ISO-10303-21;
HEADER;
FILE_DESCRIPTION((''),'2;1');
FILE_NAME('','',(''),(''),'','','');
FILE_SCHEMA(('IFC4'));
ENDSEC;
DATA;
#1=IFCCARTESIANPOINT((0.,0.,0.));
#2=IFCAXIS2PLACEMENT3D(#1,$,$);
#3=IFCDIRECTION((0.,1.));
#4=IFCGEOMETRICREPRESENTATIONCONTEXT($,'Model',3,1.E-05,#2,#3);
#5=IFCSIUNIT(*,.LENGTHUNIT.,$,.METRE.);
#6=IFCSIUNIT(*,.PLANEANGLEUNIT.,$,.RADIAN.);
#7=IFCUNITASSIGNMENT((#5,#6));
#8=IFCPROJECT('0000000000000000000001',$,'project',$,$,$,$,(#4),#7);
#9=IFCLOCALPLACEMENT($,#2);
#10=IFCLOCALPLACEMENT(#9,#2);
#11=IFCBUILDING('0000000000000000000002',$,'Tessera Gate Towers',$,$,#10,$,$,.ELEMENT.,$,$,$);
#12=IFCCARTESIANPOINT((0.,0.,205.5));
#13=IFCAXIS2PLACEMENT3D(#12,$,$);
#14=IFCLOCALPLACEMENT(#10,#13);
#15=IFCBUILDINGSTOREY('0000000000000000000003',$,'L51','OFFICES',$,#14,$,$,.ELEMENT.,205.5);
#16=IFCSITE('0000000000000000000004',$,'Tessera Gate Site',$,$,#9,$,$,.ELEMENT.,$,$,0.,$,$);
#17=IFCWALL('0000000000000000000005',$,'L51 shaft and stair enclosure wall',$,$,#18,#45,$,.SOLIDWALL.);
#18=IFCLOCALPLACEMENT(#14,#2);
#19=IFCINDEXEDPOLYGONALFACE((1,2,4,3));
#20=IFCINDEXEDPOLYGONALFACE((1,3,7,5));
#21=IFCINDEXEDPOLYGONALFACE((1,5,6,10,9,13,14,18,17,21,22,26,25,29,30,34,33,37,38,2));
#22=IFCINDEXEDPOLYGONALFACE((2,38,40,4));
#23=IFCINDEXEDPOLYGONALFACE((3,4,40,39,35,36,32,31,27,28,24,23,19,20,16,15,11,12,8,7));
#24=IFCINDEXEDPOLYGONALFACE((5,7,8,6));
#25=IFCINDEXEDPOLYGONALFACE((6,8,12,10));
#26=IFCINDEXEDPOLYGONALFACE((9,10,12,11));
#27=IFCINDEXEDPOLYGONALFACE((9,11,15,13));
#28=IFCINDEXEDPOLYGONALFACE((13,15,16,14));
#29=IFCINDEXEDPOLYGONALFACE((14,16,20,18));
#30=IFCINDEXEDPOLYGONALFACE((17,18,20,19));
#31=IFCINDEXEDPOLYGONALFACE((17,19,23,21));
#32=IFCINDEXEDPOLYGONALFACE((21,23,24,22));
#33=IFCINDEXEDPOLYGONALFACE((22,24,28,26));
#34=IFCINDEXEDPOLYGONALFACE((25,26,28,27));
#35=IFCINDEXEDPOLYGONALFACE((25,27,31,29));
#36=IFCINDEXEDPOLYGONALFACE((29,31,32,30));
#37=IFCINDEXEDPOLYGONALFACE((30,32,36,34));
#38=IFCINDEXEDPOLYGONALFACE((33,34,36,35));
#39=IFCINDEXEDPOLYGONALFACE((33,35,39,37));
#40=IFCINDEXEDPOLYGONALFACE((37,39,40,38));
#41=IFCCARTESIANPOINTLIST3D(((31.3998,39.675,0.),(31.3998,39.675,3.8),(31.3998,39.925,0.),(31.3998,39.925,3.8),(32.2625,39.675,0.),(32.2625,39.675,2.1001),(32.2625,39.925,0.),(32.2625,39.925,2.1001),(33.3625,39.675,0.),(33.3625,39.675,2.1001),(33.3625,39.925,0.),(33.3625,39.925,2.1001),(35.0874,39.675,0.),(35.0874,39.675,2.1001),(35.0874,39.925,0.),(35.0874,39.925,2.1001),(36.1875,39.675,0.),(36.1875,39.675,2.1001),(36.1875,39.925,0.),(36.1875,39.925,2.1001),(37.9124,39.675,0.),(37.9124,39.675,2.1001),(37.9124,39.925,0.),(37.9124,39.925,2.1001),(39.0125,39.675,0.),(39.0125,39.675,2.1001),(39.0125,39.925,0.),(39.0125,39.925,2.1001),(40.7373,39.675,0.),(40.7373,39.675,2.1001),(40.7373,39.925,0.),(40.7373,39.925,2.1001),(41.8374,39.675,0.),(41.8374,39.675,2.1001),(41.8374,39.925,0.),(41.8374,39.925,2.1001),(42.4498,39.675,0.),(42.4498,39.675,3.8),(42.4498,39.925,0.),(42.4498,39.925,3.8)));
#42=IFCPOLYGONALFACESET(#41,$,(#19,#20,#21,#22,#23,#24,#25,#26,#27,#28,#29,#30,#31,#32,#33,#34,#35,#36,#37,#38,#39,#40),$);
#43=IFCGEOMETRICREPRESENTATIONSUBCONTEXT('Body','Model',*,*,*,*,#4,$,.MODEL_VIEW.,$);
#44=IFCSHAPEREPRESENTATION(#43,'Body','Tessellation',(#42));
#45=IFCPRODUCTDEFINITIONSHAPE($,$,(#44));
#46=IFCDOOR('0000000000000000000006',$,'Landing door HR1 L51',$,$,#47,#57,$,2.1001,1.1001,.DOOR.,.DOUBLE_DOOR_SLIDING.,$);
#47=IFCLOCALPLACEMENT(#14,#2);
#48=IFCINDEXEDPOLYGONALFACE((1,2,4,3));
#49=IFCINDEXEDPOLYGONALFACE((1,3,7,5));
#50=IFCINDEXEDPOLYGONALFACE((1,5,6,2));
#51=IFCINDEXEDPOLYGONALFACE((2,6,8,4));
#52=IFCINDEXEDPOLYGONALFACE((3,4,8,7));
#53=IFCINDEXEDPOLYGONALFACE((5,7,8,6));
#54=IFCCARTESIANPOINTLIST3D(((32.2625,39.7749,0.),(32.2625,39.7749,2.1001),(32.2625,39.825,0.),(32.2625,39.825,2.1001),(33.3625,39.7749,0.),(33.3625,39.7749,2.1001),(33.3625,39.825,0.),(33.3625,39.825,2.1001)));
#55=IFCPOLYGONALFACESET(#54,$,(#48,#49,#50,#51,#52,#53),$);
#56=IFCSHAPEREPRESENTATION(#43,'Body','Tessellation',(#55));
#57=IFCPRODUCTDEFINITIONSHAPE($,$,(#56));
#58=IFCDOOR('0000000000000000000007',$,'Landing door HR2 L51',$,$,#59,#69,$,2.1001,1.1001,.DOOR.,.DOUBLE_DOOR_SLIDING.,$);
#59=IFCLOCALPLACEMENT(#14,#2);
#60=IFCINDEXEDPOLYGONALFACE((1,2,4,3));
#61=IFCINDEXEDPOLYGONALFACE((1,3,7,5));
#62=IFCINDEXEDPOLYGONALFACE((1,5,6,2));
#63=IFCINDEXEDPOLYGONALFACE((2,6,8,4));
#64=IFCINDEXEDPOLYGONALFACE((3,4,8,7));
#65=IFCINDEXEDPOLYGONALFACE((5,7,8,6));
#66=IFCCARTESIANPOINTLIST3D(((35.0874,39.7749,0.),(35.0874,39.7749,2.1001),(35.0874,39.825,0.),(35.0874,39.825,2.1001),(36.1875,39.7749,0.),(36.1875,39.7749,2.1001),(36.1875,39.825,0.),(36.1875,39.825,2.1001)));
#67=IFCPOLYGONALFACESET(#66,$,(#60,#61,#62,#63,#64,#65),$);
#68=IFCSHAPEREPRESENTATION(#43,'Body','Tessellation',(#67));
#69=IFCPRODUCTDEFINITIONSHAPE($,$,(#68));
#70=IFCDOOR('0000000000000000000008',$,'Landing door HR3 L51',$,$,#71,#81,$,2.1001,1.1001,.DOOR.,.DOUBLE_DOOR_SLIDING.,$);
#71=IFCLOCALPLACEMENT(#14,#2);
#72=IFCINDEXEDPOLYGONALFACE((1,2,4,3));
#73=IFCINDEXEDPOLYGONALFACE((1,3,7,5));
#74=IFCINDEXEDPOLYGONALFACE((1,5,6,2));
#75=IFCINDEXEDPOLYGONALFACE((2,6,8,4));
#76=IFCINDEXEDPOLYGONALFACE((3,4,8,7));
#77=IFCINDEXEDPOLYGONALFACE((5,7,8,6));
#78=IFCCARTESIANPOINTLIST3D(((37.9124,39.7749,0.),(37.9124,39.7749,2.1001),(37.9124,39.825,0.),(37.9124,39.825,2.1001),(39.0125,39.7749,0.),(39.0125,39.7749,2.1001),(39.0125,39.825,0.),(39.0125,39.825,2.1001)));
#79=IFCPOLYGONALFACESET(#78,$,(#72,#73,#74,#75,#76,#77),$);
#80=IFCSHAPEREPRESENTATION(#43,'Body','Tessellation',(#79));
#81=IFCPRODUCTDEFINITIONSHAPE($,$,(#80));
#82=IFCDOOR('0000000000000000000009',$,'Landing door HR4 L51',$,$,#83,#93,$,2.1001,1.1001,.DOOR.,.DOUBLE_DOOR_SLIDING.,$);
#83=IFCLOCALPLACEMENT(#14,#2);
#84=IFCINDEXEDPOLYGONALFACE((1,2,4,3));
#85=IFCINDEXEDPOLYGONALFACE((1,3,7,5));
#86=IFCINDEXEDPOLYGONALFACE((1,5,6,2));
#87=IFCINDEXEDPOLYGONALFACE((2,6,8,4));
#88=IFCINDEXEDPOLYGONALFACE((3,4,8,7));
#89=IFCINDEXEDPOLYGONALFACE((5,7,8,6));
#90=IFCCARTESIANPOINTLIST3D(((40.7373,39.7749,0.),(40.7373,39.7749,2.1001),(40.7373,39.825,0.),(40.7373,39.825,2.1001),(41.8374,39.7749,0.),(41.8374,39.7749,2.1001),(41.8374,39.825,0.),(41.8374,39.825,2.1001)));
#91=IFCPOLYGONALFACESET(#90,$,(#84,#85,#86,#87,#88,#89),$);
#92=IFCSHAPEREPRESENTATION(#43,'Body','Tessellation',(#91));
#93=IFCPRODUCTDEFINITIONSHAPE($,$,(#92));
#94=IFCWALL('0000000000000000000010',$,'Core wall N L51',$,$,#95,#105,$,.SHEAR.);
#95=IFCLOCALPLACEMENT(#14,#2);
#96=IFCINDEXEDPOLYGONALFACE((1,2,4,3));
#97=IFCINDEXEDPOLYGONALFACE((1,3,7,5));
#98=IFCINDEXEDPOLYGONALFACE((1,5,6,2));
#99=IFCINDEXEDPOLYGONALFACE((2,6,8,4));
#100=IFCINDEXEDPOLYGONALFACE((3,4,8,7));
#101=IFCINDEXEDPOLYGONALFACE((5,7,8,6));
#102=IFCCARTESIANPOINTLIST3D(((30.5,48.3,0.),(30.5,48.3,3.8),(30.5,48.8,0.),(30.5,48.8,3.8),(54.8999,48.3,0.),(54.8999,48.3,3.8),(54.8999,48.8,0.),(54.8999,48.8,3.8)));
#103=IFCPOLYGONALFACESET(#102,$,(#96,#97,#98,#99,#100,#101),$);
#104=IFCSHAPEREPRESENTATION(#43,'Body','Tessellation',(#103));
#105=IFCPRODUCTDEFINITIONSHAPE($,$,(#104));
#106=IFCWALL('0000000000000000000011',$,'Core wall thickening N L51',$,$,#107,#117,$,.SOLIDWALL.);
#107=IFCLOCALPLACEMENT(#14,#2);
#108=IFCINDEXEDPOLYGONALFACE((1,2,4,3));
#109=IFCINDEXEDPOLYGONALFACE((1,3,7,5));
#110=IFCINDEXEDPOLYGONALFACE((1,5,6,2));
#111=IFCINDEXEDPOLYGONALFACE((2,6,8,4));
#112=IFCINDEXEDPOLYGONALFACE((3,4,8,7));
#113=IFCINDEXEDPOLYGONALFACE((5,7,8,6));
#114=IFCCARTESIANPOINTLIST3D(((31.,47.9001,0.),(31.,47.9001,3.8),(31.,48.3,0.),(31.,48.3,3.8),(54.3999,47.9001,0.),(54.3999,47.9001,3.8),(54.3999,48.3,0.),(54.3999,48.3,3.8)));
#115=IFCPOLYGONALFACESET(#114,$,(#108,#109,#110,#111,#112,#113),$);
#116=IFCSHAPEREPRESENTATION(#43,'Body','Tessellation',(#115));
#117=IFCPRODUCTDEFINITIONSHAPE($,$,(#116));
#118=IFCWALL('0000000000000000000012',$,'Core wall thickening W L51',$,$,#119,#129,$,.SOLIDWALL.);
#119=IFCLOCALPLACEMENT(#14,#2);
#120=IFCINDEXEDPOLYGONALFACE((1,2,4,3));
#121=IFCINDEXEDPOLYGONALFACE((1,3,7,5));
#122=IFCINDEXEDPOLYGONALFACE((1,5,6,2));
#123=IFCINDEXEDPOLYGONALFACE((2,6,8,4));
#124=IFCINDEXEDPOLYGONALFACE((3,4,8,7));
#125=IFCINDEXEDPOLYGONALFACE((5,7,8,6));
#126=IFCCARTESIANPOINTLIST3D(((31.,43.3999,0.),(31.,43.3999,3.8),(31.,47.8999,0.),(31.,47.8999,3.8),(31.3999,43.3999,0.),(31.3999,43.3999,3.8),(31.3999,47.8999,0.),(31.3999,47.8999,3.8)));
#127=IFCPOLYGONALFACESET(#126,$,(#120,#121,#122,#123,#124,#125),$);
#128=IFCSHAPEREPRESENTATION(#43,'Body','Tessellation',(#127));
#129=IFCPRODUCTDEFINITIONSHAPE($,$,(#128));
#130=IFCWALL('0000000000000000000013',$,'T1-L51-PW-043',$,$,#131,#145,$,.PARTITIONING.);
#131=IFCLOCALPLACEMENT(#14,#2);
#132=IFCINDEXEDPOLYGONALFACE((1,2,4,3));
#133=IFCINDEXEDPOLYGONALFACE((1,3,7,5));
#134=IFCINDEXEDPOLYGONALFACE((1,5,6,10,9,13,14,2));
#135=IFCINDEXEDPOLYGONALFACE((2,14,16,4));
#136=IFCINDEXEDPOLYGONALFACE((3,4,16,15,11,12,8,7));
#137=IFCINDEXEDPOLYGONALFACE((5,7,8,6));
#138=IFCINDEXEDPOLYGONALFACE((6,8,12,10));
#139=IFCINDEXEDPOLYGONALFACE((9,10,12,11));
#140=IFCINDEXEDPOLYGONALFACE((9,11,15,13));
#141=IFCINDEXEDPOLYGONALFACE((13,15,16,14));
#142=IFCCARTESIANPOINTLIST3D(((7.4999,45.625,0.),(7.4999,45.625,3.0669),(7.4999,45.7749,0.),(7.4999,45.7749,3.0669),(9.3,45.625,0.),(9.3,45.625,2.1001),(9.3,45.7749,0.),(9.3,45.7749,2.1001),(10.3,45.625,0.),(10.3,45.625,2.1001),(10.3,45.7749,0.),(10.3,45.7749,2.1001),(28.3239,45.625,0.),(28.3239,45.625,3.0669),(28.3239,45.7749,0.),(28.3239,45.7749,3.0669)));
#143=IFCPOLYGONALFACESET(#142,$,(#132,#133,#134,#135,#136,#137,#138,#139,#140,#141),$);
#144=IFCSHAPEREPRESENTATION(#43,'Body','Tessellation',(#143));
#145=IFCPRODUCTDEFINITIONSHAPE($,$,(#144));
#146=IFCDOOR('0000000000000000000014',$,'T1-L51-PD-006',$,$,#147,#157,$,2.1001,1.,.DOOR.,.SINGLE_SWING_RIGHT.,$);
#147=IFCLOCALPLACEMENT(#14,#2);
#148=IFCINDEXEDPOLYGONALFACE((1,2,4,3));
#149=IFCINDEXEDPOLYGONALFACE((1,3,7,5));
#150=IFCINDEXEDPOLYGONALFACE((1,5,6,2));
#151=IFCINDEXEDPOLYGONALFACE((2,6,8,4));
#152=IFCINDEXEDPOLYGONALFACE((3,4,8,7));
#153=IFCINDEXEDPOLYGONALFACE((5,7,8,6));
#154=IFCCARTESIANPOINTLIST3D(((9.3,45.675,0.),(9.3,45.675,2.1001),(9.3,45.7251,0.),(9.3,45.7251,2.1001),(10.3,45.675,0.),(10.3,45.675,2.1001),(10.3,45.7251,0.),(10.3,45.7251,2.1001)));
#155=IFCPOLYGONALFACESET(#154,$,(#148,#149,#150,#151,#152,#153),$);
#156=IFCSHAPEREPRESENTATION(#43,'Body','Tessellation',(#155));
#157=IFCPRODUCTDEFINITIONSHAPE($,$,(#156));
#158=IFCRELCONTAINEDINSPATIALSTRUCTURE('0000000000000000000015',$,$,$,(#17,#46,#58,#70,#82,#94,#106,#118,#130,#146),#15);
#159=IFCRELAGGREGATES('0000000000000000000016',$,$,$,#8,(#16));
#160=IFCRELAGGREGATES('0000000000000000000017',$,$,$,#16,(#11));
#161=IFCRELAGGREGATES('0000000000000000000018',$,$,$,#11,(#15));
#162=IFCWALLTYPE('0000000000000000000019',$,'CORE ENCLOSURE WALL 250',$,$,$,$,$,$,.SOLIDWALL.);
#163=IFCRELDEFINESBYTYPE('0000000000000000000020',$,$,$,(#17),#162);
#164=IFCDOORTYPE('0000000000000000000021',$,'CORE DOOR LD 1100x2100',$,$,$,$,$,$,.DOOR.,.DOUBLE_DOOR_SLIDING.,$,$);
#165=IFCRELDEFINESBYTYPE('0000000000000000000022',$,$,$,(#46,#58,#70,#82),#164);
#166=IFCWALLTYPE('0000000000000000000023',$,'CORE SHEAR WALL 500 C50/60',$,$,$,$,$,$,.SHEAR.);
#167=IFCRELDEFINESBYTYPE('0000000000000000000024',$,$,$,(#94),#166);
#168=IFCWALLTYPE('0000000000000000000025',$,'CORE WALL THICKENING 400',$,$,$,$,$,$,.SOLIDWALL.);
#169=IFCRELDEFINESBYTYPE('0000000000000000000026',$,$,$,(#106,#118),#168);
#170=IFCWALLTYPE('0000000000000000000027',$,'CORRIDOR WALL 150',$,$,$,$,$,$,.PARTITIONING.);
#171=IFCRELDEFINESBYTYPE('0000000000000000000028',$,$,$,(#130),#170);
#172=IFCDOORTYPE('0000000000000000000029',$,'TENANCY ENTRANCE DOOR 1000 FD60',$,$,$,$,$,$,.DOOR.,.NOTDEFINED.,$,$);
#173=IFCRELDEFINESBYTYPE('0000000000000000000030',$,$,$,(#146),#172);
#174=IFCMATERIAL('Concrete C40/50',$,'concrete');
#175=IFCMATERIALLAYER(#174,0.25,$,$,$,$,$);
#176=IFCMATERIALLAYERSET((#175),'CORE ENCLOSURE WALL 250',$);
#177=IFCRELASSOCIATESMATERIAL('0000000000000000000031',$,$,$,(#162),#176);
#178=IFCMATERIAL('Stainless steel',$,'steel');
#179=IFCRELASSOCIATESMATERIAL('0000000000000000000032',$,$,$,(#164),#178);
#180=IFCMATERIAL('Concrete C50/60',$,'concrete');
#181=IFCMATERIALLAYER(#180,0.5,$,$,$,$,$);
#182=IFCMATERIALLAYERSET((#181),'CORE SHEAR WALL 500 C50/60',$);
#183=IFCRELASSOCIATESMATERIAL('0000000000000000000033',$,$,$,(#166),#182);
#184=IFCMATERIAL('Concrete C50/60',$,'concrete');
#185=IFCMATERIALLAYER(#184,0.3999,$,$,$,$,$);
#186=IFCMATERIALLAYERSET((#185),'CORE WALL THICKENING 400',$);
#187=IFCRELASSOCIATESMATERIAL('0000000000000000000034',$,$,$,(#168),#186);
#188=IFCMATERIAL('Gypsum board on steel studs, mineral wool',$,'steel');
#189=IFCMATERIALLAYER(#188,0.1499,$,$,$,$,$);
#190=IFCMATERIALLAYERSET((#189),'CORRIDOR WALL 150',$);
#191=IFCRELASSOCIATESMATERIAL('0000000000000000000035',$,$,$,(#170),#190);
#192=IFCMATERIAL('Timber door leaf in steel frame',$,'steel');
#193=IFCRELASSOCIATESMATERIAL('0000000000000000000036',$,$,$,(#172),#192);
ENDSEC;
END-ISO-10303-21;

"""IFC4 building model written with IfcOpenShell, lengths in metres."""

from ifc_helpers import new_model, si_unit, direction, frame, frame_2d, origin, place, context, subcontext, project, spatial, rectangle, extrude, source, transform, mapped, material, layer, layer_set, type_object, element, fill, save


model = new_model("IFC4")

# Units and contexts
model_context = context("Model", 3, precision=1e-05, world=origin(), true_north=direction((0.0, 1.0)))
body_context = subcontext(model_context, "Body", "Model", "MODEL_VIEW")
ifc_project = project(units=[si_unit("LENGTHUNIT", "METRE"), si_unit("PLANEANGLEUNIT", "RADIAN")], contexts=[model_context])

# Site, building, storey
site_placement = place(None, origin())
site = spatial("IfcSite", under=ifc_project, at=site_placement, Name="Tessera Gate Site", CompositionType="ELEMENT", RefElevation=0.0)
building_placement = place(site_placement, origin())
building = spatial("IfcBuilding", under=site, at=building_placement, Name="Tessera Gate Towers", CompositionType="ELEMENT")
storey_placement = place(building_placement, frame((0.0, 0.0, 205.5)))
storey = spatial("IfcBuildingStorey", under=building, at=storey_placement, Name="L51", Description="OFFICES", CompositionType="ELEMENT", Elevation=205.5)

# Wall, openings, doors
ifc_material_1 = material(Name="Concrete C40/50", Category="concrete")
ifc_layer_1 = layer(ifc_material_1, 0.25)
ifc_layer_set_1 = layer_set([ifc_layer_1], Name="CORE ENCLOSURE WALL 250")
wall_type_1 = type_object("IfcWallType", Name="CORE ENCLOSURE WALL 250", PredefinedType="SOLIDWALL", material=ifc_layer_set_1)
wall_1_placement = place(storey_placement, frame((31.3999, 39.8, 0.0), z_axis=(0.0, 0.0, 1.0), x_axis=(1.0, 0.0, 0.0)))
wall_1 = element("IfcWall", 1, at=wall_1_placement, inside=storey, type_object=wall_type_1, Name="L51 shaft and stair enclosure wall", PredefinedType="SOLIDWALL", context=body_context, shape_type="SweptSolid", body=[
    extrude(rectangle(XDim=11.05, YDim=0.25, at=frame_2d((5.5249, 0.0))), origin(), (0.0, 0.0, 1.0), 3.8),
])
shared_shape_1 = source(origin(), body_context, "Body", "SweptSolid", [
    extrude(rectangle(XDim=1.1001, YDim=2.1001, at=frame_2d((0.55, 1.05))), frame((0.0, 0.135, 0.0), z_axis=(0.0, -1.0, 0.0), x_axis=(1.0, 0.0, 0.0)), (0.0, 0.0, 1.0), 0.27),
])
opening_1_placement = place(wall_1_placement, frame((0.8625, 0.0, 0.0)))
opening_1 = element("IfcOpeningElement", 2, at=opening_1_placement, cuts=wall_1, PredefinedType="OPENING", context=body_context, shape_type="MappedRepresentation", body=[
    mapped(shared_shape_1, transform((0.0, 0.0, 0.0), scale=1.0)),
])
opening_2_placement = place(wall_1_placement, frame((3.6875, 0.0, 0.0)))
opening_2 = element("IfcOpeningElement", 3, at=opening_2_placement, cuts=wall_1, PredefinedType="OPENING", context=body_context, shape_type="MappedRepresentation", body=[
    mapped(shared_shape_1, transform((0.0, 0.0, 0.0), scale=1.0)),
])
opening_3_placement = place(wall_1_placement, frame((6.5125, 0.0, 0.0)))
opening_3 = element("IfcOpeningElement", 4, at=opening_3_placement, cuts=wall_1, PredefinedType="OPENING", context=body_context, shape_type="MappedRepresentation", body=[
    mapped(shared_shape_1, transform((0.0, 0.0, 0.0), scale=1.0)),
])
opening_4_placement = place(wall_1_placement, frame((9.3374, 0.0, 0.0)))
opening_4 = element("IfcOpeningElement", 5, at=opening_4_placement, cuts=wall_1, PredefinedType="OPENING", context=body_context, shape_type="MappedRepresentation", body=[
    mapped(shared_shape_1, transform((0.0, 0.0, 0.0), scale=1.0)),
])
ifc_material_2 = material(Name="Stainless steel", Category="steel")
door_type_1 = type_object("IfcDoorType", Name="CORE DOOR LD 1100x2100", OperationType="DOUBLE_DOOR_SLIDING", PredefinedType="DOOR", material=ifc_material_2)
shared_shape_2 = source(origin(), body_context, "Body", "SweptSolid", [
    extrude(rectangle(XDim=1.1001, YDim=2.1001, at=frame_2d((0.55, 1.05))), frame((0.0, 0.0249, 0.0), z_axis=(0.0, -1.0, 0.0), x_axis=(1.0, 0.0, 0.0)), (0.0, 0.0, 1.0), 0.05),
])
door_1_placement = place(opening_1_placement, origin())
door_1 = element("IfcDoor", 6, at=door_1_placement, inside=storey, type_object=door_type_1, Name="Landing door HR1 L51", OperationType="DOUBLE_DOOR_SLIDING", OverallHeight=2.1001, OverallWidth=1.1001, PredefinedType="DOOR", context=body_context, shape_type="MappedRepresentation", body=[
    mapped(shared_shape_2, transform((0.0, 0.0, 0.0), scale=1.0)),
])
fill(opening_1, door_1)
door_2_placement = place(opening_2_placement, origin())
door_2 = element("IfcDoor", 7, at=door_2_placement, inside=storey, type_object=door_type_1, Name="Landing door HR2 L51", OperationType="DOUBLE_DOOR_SLIDING", OverallHeight=2.1001, OverallWidth=1.1001, PredefinedType="DOOR", context=body_context, shape_type="MappedRepresentation", body=[
    mapped(shared_shape_2, transform((0.0, 0.0, 0.0), scale=1.0)),
])
fill(opening_2, door_2)
door_3_placement = place(opening_3_placement, origin())
door_3 = element("IfcDoor", 8, at=door_3_placement, inside=storey, type_object=door_type_1, Name="Landing door HR3 L51", OperationType="DOUBLE_DOOR_SLIDING", OverallHeight=2.1001, OverallWidth=1.1001, PredefinedType="DOOR", context=body_context, shape_type="MappedRepresentation", body=[
    mapped(shared_shape_2, transform((0.0, 0.0, 0.0), scale=1.0)),
])
fill(opening_3, door_3)
door_4_placement = place(opening_4_placement, origin())
door_4 = element("IfcDoor", 9, at=door_4_placement, inside=storey, type_object=door_type_1, Name="Landing door HR4 L51", OperationType="DOUBLE_DOOR_SLIDING", OverallHeight=2.1001, OverallWidth=1.1001, PredefinedType="DOOR", context=body_context, shape_type="MappedRepresentation", body=[
    mapped(shared_shape_2, transform((0.0, 0.0, 0.0), scale=1.0)),
])
fill(opening_4, door_4)

# Walls
ifc_material_3 = material(Name="Concrete C50/60", Category="concrete")
ifc_layer_2 = layer(ifc_material_3, 0.5)
ifc_layer_set_2 = layer_set([ifc_layer_2], Name="CORE SHEAR WALL 500 C50/60")
wall_type_2 = type_object("IfcWallType", Name="CORE SHEAR WALL 500 C50/60", PredefinedType="SHEAR", material=ifc_layer_set_2)
wall_2_placement = place(storey_placement, frame((30.5, 48.55, 0.0), z_axis=(0.0, 0.0, 1.0), x_axis=(1.0, 0.0, 0.0)))
element("IfcWall", 10, at=wall_2_placement, inside=storey, type_object=wall_type_2, Name="Core wall N L51", PredefinedType="SHEAR", context=body_context, shape_type="SweptSolid", body=[
    extrude(rectangle(XDim=24.3999, YDim=0.5, at=frame_2d((12.2, 0.0))), origin(), (0.0, 0.0, 1.0), 3.8),
])
ifc_material_4 = material(Name="Concrete C50/60", Category="concrete")
ifc_layer_3 = layer(ifc_material_4, 0.3999)
ifc_layer_set_3 = layer_set([ifc_layer_3], Name="CORE WALL THICKENING 400")
wall_type_3 = type_object("IfcWallType", Name="CORE WALL THICKENING 400", PredefinedType="SOLIDWALL", material=ifc_layer_set_3)
wall_3_placement = place(storey_placement, frame((31.0, 48.1001, 0.0), z_axis=(0.0, 0.0, 1.0), x_axis=(1.0, 0.0, 0.0)))
element("IfcWall", 11, at=wall_3_placement, inside=storey, type_object=wall_type_3, Name="Core wall thickening N L51", PredefinedType="SOLIDWALL", context=body_context, shape_type="SweptSolid", body=[
    extrude(rectangle(XDim=23.3999, YDim=0.3999, at=frame_2d((11.7, 0.0))), origin(), (0.0, 0.0, 1.0), 3.8),
])
wall_4_placement = place(storey_placement, frame((31.2, 43.3999, 0.0), z_axis=(0.0, 0.0, 1.0), x_axis=(0.0, 1.0, 0.0)))
element("IfcWall", 12, at=wall_4_placement, inside=storey, type_object=wall_type_3, Name="Core wall thickening W L51", PredefinedType="SOLIDWALL", context=body_context, shape_type="SweptSolid", body=[
    extrude(rectangle(XDim=4.5, YDim=0.3999, at=frame_2d((2.25, 0.0))), origin(), (0.0, 0.0, 1.0), 3.8),
])

# Wall, opening, door
ifc_material_5 = material(Name="Gypsum board on steel studs, mineral wool", Category="steel")
ifc_layer_4 = layer(ifc_material_5, 0.1499)
ifc_layer_set_4 = layer_set([ifc_layer_4], Name="CORRIDOR WALL 150")
wall_type_4 = type_object("IfcWallType", Name="CORRIDOR WALL 150", PredefinedType="PARTITIONING", material=ifc_layer_set_4)
wall_5_placement = place(storey_placement, frame((28.324, 45.7, 0.0), z_axis=(0.0, 0.0, 1.0), x_axis=(-1.0, 0.0, 0.0)))
wall_5 = element("IfcWall", 13, at=wall_5_placement, inside=storey, type_object=wall_type_4, Name="T1-L51-PW-043", PredefinedType="PARTITIONING", context=body_context, shape_type="SweptSolid", body=[
    extrude(rectangle(XDim=20.824, YDim=0.1499, at=frame_2d((10.4121, 0.0))), origin(), (0.0, 0.0, 1.0), 3.0669),
])
shared_shape_3 = source(origin(), body_context, "Body", "SweptSolid", [
    extrude(rectangle(XDim=1.0, YDim=2.1001, at=frame_2d((0.5, 1.05))), frame((0.0, 0.085, 0.0), z_axis=(0.0, -1.0, 0.0), x_axis=(1.0, 0.0, 0.0)), (0.0, 0.0, 1.0), 0.1699),
])
opening_5_placement = place(wall_5_placement, frame((18.0239, 0.0, 0.0)))
opening_5 = element("IfcOpeningElement", 14, at=opening_5_placement, cuts=wall_5, PredefinedType="OPENING", context=body_context, shape_type="MappedRepresentation", body=[
    mapped(shared_shape_3, transform((0.0, 0.0, 0.0), scale=1.0)),
])
ifc_material_6 = material(Name="Timber door leaf in steel frame", Category="steel")
door_type_2 = type_object("IfcDoorType", Name="TENANCY ENTRANCE DOOR 1000 FD60", OperationType="NOTDEFINED", PredefinedType="DOOR", material=ifc_material_6)
shared_shape_4 = source(origin(), body_context, "Body", "SweptSolid", [
    extrude(rectangle(XDim=1.0, YDim=2.1001, at=frame_2d((0.5, 1.05))), frame((0.0, 0.0249, 0.0), z_axis=(0.0, -1.0, 0.0), x_axis=(1.0, 0.0, 0.0)), (0.0, 0.0, 1.0), 0.05),
])
door_5_placement = place(opening_5_placement, origin())
door_5 = element("IfcDoor", 15, at=door_5_placement, inside=storey, type_object=door_type_2, Name="T1-L51-PD-006", OperationType="SINGLE_SWING_RIGHT", OverallHeight=2.1001, OverallWidth=1.0, PredefinedType="DOOR", context=body_context, shape_type="MappedRepresentation", body=[
    mapped(shared_shape_4, transform((0.0, 0.0, 0.0), scale=1.0)),
])
fill(opening_5, door_5)

save(model, "model.ifc")
